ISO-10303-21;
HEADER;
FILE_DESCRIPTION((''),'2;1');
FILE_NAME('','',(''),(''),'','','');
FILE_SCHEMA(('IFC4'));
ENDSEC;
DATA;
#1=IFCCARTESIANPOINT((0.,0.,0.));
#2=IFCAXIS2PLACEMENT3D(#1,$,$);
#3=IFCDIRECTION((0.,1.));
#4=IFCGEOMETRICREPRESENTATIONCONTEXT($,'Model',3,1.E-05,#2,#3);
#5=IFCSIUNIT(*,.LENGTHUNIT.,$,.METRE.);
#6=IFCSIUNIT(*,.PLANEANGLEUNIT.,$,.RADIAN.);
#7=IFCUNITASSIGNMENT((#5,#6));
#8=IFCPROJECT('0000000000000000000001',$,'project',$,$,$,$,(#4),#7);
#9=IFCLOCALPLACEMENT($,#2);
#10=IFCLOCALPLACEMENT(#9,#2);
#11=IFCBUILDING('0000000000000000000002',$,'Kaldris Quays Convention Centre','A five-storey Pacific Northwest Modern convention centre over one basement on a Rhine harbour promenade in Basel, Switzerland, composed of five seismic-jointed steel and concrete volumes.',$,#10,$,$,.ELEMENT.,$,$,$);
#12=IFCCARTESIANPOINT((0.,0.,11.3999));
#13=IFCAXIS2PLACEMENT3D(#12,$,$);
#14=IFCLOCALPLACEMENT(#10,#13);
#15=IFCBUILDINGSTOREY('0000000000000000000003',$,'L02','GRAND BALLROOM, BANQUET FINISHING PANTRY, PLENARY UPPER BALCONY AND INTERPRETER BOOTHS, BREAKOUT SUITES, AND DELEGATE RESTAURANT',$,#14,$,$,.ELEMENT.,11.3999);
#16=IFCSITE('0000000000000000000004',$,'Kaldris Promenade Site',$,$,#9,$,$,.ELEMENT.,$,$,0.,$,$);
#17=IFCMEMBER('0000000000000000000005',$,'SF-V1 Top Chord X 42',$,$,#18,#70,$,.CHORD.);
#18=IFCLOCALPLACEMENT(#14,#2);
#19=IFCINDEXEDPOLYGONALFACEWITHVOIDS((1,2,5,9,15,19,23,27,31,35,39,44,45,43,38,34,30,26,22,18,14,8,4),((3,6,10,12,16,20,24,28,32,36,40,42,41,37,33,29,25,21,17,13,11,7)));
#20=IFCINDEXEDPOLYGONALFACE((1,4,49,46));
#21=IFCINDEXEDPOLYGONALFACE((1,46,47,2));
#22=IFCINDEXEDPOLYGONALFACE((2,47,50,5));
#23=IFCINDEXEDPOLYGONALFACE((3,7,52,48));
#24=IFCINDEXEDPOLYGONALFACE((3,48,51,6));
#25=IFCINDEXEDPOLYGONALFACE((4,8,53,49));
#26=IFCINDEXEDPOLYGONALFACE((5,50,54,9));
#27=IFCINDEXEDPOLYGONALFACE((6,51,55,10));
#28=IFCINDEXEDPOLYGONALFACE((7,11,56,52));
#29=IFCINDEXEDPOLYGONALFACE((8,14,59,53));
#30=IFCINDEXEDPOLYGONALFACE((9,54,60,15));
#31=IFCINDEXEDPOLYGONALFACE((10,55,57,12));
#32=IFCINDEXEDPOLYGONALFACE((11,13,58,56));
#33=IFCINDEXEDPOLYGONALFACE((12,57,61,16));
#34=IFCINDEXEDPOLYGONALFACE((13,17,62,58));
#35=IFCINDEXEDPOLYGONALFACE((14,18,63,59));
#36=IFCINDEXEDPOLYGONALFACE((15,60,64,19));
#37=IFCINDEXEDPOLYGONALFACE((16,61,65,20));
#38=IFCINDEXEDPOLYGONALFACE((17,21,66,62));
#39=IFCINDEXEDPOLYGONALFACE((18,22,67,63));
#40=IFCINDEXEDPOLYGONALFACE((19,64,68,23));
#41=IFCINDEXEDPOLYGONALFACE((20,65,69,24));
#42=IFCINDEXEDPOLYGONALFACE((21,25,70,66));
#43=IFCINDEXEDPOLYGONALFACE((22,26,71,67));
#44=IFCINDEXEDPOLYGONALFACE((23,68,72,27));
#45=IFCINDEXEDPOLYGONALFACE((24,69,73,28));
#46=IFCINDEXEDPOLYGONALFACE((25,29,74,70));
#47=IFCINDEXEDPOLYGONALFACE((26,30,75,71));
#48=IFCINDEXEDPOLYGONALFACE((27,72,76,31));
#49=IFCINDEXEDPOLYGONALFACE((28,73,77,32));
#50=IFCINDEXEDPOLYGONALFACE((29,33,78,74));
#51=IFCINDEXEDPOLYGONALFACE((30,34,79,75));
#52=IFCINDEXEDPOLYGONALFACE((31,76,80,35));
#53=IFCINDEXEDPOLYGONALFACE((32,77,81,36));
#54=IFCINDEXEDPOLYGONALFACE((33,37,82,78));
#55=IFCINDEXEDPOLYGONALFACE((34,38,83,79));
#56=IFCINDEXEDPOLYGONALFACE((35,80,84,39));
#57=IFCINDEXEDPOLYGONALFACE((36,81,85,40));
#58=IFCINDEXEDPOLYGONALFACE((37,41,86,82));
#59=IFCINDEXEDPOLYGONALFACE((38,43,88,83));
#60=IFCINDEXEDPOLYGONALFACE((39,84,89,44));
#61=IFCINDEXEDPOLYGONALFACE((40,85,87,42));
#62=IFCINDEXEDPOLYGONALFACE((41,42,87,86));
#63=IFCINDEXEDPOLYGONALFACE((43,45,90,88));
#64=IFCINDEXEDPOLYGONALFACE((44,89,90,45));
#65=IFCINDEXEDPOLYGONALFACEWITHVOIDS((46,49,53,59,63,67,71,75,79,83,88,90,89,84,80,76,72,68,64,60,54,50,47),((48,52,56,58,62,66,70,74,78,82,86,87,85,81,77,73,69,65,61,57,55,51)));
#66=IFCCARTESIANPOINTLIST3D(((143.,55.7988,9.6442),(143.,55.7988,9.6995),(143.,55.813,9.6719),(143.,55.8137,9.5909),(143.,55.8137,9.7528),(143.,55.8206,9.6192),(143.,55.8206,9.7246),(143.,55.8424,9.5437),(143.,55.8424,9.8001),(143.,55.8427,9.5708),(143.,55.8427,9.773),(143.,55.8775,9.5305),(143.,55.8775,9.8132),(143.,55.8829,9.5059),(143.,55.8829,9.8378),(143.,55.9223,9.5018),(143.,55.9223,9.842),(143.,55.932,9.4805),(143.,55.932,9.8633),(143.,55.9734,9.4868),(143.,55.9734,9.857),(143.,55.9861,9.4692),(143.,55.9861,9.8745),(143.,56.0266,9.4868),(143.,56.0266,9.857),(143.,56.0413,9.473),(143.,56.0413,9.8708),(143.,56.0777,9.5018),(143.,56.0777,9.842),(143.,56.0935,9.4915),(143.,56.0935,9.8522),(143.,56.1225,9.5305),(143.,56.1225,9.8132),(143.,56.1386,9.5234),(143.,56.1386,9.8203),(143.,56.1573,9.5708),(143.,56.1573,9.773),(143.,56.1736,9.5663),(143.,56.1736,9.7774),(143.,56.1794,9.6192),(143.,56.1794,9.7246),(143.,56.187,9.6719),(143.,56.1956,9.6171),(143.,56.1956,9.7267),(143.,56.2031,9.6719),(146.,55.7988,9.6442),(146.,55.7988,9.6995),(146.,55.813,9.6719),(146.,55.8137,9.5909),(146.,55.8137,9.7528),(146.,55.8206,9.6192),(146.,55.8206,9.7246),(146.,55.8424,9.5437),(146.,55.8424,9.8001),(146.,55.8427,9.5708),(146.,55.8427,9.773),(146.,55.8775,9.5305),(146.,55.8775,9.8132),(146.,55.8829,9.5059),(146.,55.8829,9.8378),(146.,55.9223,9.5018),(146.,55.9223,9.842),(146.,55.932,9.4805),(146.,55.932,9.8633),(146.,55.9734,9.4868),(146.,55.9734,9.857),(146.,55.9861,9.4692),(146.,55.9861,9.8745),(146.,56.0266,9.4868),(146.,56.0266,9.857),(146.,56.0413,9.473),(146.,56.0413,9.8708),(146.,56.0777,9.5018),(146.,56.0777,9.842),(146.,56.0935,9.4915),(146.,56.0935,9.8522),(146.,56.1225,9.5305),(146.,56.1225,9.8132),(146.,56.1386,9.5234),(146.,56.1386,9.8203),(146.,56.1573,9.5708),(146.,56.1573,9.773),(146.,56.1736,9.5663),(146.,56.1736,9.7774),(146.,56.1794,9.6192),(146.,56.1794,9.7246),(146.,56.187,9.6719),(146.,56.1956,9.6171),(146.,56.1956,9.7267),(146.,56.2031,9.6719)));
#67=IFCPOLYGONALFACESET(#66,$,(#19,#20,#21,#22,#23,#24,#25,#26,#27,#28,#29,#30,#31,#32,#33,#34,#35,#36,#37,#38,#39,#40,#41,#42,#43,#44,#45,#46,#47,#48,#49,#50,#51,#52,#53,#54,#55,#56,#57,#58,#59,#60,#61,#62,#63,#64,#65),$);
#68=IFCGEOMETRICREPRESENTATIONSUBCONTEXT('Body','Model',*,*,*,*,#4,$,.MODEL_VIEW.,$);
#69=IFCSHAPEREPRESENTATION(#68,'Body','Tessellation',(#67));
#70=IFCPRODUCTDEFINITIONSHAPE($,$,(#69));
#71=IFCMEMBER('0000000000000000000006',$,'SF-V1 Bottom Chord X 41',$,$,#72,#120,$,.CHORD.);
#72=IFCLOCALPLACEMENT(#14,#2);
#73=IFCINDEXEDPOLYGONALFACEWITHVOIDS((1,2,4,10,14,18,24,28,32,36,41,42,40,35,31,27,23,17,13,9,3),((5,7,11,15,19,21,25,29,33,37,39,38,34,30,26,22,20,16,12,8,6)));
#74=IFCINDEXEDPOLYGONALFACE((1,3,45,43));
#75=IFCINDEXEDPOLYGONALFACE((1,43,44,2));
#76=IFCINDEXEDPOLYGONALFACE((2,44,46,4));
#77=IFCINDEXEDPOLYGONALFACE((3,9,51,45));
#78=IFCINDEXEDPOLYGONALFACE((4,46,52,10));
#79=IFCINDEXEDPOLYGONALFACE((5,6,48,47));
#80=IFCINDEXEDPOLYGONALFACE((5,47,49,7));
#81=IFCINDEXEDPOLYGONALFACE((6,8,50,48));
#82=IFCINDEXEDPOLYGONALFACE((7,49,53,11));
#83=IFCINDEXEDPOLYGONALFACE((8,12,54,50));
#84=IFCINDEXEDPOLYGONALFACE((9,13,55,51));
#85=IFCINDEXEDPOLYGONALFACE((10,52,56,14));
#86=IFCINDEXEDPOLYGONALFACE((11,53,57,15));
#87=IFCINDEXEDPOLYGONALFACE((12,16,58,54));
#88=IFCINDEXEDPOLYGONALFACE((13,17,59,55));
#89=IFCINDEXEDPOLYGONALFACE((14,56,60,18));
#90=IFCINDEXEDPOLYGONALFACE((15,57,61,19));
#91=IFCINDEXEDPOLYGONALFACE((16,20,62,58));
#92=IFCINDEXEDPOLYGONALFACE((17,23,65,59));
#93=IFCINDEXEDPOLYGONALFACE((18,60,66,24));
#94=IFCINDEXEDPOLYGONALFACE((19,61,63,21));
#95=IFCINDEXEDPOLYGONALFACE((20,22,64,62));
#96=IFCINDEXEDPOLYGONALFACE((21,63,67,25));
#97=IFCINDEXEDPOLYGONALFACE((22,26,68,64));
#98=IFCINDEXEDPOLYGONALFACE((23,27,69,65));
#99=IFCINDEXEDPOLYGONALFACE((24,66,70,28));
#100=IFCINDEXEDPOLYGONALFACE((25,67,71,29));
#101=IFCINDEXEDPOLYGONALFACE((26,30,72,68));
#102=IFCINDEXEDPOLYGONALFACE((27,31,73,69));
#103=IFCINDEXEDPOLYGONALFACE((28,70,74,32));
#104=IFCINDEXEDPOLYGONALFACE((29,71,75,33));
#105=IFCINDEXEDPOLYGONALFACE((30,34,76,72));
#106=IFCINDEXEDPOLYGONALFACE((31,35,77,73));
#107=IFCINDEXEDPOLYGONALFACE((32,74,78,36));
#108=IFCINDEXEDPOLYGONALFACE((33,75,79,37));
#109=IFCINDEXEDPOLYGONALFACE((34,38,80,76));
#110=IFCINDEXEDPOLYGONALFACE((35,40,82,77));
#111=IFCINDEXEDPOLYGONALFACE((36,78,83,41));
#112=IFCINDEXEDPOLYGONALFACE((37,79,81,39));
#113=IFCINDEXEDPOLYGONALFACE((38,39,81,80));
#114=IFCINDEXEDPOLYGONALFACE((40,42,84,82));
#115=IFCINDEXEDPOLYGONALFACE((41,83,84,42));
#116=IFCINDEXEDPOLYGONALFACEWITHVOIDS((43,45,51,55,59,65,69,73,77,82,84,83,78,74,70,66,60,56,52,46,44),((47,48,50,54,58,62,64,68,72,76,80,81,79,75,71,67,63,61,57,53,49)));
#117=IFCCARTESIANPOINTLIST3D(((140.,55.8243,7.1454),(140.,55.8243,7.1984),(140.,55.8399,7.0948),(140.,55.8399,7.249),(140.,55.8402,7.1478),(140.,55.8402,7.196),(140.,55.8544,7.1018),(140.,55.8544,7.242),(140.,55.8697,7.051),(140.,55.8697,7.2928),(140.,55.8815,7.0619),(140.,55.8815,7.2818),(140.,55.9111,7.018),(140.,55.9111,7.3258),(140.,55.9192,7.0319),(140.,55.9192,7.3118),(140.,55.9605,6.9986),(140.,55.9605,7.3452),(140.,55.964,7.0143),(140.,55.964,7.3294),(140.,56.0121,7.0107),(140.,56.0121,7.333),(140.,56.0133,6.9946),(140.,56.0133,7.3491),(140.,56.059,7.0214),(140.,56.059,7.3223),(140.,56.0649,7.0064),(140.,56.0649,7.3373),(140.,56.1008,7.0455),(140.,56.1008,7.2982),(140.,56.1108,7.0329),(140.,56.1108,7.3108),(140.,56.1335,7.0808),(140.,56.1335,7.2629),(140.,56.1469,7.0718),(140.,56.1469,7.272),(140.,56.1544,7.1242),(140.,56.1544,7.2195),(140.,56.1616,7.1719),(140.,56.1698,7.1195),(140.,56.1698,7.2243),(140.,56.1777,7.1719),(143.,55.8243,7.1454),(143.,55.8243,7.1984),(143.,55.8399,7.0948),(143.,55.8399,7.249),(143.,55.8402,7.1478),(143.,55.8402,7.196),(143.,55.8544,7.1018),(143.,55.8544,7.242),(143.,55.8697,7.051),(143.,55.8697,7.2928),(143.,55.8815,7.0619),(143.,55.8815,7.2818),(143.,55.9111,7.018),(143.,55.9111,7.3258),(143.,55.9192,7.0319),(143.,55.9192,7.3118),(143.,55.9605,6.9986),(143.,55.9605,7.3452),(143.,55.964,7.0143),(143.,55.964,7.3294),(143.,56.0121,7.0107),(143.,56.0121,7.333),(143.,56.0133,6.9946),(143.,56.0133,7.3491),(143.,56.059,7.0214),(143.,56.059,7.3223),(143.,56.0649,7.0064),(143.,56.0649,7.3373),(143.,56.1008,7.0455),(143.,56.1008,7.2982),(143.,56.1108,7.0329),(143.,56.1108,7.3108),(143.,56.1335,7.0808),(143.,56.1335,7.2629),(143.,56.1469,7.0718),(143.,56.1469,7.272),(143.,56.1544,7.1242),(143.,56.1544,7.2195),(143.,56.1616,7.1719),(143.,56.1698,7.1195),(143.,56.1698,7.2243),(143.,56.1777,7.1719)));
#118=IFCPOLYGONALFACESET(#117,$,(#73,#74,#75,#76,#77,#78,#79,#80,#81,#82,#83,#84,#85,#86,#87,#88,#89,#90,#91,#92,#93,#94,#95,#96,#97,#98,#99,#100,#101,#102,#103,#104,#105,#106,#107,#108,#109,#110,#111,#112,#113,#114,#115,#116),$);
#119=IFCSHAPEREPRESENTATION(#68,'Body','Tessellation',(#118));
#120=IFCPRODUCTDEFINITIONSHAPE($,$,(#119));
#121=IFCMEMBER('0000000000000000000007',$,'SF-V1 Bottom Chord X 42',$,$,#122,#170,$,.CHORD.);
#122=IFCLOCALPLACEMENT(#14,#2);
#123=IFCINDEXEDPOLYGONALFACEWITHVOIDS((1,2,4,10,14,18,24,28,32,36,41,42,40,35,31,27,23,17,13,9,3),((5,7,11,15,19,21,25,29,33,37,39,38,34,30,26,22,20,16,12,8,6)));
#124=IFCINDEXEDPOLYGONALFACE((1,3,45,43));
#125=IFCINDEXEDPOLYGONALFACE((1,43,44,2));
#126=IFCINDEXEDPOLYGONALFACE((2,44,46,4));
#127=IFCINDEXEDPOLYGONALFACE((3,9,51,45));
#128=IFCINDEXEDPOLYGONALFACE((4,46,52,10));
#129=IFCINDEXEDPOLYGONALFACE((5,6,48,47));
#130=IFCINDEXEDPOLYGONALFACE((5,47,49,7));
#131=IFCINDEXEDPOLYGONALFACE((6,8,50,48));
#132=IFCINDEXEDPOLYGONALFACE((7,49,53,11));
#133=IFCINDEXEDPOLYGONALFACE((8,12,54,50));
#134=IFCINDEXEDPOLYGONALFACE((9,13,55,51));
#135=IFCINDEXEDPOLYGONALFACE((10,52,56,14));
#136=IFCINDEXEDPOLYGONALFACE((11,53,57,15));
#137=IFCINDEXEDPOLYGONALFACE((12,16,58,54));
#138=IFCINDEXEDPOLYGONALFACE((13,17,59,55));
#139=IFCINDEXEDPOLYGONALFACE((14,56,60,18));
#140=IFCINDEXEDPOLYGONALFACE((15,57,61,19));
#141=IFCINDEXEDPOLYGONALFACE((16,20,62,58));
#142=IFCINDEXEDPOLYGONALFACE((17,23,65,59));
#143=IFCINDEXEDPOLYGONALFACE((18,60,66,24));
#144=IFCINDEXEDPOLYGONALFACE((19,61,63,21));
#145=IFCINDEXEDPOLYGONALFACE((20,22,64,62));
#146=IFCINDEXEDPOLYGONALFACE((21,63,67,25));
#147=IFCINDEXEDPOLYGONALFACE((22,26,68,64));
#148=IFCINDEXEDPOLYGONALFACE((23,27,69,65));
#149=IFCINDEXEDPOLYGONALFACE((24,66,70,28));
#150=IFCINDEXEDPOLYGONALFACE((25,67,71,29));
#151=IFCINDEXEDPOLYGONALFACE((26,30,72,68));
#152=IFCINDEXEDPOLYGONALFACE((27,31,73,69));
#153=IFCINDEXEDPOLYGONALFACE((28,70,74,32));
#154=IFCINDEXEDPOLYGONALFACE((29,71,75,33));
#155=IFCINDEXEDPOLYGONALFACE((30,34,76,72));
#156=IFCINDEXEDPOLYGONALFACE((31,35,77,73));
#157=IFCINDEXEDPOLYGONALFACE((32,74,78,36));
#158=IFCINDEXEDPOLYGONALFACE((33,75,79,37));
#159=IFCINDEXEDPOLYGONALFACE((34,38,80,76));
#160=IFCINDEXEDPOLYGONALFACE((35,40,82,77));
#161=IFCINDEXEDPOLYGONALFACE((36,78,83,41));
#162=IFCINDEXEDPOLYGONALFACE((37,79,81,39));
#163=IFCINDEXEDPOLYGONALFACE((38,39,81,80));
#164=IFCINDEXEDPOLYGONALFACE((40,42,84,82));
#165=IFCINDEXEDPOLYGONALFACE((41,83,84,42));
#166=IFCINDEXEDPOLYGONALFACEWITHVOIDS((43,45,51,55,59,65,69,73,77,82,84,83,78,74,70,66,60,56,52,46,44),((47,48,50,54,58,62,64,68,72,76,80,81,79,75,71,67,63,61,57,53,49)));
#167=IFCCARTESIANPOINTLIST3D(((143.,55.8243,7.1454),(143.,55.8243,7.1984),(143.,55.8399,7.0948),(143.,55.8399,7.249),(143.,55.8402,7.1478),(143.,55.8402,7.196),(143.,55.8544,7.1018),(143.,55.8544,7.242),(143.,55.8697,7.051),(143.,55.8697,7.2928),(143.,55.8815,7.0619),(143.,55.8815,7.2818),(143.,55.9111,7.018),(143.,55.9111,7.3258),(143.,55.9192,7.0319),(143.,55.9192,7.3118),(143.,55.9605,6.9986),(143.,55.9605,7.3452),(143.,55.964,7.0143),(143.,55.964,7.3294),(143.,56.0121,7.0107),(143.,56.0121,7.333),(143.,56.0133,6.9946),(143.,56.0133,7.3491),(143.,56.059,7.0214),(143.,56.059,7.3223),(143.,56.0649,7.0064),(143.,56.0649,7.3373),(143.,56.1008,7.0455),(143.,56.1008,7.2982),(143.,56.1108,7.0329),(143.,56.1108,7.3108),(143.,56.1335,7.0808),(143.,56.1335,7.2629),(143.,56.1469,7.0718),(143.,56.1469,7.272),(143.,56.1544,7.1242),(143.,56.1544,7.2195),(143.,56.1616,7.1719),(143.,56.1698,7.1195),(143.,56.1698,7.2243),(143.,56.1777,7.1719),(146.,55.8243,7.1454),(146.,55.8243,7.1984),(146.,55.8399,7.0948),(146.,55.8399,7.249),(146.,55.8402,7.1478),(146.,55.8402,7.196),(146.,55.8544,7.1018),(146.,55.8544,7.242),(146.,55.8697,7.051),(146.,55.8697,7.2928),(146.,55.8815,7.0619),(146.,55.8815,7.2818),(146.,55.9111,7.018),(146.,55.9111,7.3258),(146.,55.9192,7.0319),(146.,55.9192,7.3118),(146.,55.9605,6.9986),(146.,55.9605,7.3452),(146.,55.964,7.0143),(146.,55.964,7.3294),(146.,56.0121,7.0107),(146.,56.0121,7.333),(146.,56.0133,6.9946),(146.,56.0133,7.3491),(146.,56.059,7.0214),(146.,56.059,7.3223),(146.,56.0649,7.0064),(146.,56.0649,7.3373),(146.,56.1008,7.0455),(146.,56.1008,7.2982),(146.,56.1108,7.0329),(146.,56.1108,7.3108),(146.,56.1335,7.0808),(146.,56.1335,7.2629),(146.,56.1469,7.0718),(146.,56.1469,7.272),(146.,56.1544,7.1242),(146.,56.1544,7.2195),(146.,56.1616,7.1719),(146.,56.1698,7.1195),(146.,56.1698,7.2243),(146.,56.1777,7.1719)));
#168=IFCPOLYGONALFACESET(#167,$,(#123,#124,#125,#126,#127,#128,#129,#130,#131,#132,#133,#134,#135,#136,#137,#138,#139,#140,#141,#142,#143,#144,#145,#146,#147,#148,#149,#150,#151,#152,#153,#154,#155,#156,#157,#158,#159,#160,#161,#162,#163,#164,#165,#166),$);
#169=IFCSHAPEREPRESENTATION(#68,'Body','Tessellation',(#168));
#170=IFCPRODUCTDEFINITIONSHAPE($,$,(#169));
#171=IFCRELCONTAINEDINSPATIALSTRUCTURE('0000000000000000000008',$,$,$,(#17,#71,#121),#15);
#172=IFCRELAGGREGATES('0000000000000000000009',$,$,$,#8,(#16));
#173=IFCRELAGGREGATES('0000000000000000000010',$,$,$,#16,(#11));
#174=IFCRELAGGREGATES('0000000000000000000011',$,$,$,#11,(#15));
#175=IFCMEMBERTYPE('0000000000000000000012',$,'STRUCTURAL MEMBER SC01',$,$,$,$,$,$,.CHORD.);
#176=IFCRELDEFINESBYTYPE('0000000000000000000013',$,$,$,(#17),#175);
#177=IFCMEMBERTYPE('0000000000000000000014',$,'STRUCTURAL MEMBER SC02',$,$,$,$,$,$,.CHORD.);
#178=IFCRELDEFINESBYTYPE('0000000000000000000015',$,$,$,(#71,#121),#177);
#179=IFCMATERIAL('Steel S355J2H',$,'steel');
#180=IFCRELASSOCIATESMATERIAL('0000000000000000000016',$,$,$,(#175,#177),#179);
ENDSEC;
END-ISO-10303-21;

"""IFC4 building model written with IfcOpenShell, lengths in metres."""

from ifc_helpers import new_model, si_unit, direction, frame, origin, origin_2d, place, context, subcontext, project, spatial, hollow_circle, extrude, material, material_profile, profile_set, type_object, element, save


model = new_model("IFC4")

# Units and contexts
model_context = context("Model", 3, precision=1e-05, world=origin(), true_north=direction((0.0, 1.0)))
body_context = subcontext(model_context, "Body", "Model", "MODEL_VIEW")
ifc_project = project(units=[si_unit("LENGTHUNIT", "METRE"), si_unit("PLANEANGLEUNIT", "RADIAN")], contexts=[model_context])

# Site, building, storey
site_placement = place(None, origin())
site = spatial("IfcSite", under=ifc_project, at=site_placement, Name="Kaldris Promenade Site", CompositionType="ELEMENT", RefElevation=0.0)
building_placement = place(site_placement, origin())
building = spatial("IfcBuilding", under=site, at=building_placement, Name="Kaldris Quays Convention Centre", Description="A five-storey Pacific Northwest Modern convention centre over one basement on a Rhine harbour promenade in Basel, Switzerland, composed of five seismic-jointed steel and concrete volumes.", CompositionType="ELEMENT")
storey_placement = place(building_placement, frame((0.0, 0.0, 11.3999)))
storey = spatial("IfcBuildingStorey", under=building, at=storey_placement, Name="L02", Description="GRAND BALLROOM, BANQUET FINISHING PANTRY, PLENARY UPPER BALCONY AND INTERPRETER BOOTHS, BREAKOUT SUITES, AND DELEGATE RESTAURANT", CompositionType="ELEMENT", Elevation=11.3999)

# Members
ifc_material_1 = material(Name="Steel S355J2H", Category="steel")
ifc_material_profile_1 = material_profile(ifc_material_1, hollow_circle(Radius=0.2031, WallThickness=0.0161, at=origin_2d()), Name="CHS 406.4x16")
ifc_profile_set_1 = profile_set([ifc_material_profile_1], Name="Steel S355J2H")
member_type_1 = type_object("IfcMemberType", Name="STRUCTURAL MEMBER SC01", PredefinedType="CHORD", material=ifc_profile_set_1)
for number, where, z_axis, x_axis, name in (
    (1, (143.0, 56.0, 9.6719), (1.0, 0.0, 0.0), (0.0, 1.0, 0.0), "SF-V1 Top Chord X 42"),
):
    element("IfcMember", number, at=place(storey_placement, frame(where, z_axis=z_axis, x_axis=x_axis)), inside=storey, type_object=member_type_1, Name=name, PredefinedType="CHORD", context=body_context, shape_type="SweptSolid", body=[
        extrude(hollow_circle(Radius=0.2031, WallThickness=0.0161, at=origin_2d()), origin(), (0.0, 0.0, 1.0), 3.0),
    ])
ifc_material_profile_2 = material_profile(ifc_material_1, hollow_circle(Radius=0.1777, WallThickness=0.0161, at=origin_2d()), Name="CHS 355.6x16")
ifc_profile_set_2 = profile_set([ifc_material_profile_2], Name="Steel S355J2H")
member_type_2 = type_object("IfcMemberType", Name="STRUCTURAL MEMBER SC02", PredefinedType="CHORD", material=ifc_profile_set_2)
for number, where, z_axis, x_axis, name in (
    (2, (140.0, 56.0, 7.1719), (1.0, 0.0, 0.0), (0.0, 1.0, 0.0), "SF-V1 Bottom Chord X 41"),
    (3, (143.0, 56.0, 7.1719), (1.0, 0.0, 0.0), (0.0, 1.0, 0.0), "SF-V1 Bottom Chord X 42"),
):
    element("IfcMember", number, at=place(storey_placement, frame(where, z_axis=z_axis, x_axis=x_axis)), inside=storey, type_object=member_type_2, Name=name, PredefinedType="CHORD", context=body_context, shape_type="SweptSolid", body=[
        extrude(hollow_circle(Radius=0.1777, WallThickness=0.0161, at=origin_2d()), origin(), (0.0, 0.0, 1.0), 3.0),
    ])

save(model, "model.ifc")
